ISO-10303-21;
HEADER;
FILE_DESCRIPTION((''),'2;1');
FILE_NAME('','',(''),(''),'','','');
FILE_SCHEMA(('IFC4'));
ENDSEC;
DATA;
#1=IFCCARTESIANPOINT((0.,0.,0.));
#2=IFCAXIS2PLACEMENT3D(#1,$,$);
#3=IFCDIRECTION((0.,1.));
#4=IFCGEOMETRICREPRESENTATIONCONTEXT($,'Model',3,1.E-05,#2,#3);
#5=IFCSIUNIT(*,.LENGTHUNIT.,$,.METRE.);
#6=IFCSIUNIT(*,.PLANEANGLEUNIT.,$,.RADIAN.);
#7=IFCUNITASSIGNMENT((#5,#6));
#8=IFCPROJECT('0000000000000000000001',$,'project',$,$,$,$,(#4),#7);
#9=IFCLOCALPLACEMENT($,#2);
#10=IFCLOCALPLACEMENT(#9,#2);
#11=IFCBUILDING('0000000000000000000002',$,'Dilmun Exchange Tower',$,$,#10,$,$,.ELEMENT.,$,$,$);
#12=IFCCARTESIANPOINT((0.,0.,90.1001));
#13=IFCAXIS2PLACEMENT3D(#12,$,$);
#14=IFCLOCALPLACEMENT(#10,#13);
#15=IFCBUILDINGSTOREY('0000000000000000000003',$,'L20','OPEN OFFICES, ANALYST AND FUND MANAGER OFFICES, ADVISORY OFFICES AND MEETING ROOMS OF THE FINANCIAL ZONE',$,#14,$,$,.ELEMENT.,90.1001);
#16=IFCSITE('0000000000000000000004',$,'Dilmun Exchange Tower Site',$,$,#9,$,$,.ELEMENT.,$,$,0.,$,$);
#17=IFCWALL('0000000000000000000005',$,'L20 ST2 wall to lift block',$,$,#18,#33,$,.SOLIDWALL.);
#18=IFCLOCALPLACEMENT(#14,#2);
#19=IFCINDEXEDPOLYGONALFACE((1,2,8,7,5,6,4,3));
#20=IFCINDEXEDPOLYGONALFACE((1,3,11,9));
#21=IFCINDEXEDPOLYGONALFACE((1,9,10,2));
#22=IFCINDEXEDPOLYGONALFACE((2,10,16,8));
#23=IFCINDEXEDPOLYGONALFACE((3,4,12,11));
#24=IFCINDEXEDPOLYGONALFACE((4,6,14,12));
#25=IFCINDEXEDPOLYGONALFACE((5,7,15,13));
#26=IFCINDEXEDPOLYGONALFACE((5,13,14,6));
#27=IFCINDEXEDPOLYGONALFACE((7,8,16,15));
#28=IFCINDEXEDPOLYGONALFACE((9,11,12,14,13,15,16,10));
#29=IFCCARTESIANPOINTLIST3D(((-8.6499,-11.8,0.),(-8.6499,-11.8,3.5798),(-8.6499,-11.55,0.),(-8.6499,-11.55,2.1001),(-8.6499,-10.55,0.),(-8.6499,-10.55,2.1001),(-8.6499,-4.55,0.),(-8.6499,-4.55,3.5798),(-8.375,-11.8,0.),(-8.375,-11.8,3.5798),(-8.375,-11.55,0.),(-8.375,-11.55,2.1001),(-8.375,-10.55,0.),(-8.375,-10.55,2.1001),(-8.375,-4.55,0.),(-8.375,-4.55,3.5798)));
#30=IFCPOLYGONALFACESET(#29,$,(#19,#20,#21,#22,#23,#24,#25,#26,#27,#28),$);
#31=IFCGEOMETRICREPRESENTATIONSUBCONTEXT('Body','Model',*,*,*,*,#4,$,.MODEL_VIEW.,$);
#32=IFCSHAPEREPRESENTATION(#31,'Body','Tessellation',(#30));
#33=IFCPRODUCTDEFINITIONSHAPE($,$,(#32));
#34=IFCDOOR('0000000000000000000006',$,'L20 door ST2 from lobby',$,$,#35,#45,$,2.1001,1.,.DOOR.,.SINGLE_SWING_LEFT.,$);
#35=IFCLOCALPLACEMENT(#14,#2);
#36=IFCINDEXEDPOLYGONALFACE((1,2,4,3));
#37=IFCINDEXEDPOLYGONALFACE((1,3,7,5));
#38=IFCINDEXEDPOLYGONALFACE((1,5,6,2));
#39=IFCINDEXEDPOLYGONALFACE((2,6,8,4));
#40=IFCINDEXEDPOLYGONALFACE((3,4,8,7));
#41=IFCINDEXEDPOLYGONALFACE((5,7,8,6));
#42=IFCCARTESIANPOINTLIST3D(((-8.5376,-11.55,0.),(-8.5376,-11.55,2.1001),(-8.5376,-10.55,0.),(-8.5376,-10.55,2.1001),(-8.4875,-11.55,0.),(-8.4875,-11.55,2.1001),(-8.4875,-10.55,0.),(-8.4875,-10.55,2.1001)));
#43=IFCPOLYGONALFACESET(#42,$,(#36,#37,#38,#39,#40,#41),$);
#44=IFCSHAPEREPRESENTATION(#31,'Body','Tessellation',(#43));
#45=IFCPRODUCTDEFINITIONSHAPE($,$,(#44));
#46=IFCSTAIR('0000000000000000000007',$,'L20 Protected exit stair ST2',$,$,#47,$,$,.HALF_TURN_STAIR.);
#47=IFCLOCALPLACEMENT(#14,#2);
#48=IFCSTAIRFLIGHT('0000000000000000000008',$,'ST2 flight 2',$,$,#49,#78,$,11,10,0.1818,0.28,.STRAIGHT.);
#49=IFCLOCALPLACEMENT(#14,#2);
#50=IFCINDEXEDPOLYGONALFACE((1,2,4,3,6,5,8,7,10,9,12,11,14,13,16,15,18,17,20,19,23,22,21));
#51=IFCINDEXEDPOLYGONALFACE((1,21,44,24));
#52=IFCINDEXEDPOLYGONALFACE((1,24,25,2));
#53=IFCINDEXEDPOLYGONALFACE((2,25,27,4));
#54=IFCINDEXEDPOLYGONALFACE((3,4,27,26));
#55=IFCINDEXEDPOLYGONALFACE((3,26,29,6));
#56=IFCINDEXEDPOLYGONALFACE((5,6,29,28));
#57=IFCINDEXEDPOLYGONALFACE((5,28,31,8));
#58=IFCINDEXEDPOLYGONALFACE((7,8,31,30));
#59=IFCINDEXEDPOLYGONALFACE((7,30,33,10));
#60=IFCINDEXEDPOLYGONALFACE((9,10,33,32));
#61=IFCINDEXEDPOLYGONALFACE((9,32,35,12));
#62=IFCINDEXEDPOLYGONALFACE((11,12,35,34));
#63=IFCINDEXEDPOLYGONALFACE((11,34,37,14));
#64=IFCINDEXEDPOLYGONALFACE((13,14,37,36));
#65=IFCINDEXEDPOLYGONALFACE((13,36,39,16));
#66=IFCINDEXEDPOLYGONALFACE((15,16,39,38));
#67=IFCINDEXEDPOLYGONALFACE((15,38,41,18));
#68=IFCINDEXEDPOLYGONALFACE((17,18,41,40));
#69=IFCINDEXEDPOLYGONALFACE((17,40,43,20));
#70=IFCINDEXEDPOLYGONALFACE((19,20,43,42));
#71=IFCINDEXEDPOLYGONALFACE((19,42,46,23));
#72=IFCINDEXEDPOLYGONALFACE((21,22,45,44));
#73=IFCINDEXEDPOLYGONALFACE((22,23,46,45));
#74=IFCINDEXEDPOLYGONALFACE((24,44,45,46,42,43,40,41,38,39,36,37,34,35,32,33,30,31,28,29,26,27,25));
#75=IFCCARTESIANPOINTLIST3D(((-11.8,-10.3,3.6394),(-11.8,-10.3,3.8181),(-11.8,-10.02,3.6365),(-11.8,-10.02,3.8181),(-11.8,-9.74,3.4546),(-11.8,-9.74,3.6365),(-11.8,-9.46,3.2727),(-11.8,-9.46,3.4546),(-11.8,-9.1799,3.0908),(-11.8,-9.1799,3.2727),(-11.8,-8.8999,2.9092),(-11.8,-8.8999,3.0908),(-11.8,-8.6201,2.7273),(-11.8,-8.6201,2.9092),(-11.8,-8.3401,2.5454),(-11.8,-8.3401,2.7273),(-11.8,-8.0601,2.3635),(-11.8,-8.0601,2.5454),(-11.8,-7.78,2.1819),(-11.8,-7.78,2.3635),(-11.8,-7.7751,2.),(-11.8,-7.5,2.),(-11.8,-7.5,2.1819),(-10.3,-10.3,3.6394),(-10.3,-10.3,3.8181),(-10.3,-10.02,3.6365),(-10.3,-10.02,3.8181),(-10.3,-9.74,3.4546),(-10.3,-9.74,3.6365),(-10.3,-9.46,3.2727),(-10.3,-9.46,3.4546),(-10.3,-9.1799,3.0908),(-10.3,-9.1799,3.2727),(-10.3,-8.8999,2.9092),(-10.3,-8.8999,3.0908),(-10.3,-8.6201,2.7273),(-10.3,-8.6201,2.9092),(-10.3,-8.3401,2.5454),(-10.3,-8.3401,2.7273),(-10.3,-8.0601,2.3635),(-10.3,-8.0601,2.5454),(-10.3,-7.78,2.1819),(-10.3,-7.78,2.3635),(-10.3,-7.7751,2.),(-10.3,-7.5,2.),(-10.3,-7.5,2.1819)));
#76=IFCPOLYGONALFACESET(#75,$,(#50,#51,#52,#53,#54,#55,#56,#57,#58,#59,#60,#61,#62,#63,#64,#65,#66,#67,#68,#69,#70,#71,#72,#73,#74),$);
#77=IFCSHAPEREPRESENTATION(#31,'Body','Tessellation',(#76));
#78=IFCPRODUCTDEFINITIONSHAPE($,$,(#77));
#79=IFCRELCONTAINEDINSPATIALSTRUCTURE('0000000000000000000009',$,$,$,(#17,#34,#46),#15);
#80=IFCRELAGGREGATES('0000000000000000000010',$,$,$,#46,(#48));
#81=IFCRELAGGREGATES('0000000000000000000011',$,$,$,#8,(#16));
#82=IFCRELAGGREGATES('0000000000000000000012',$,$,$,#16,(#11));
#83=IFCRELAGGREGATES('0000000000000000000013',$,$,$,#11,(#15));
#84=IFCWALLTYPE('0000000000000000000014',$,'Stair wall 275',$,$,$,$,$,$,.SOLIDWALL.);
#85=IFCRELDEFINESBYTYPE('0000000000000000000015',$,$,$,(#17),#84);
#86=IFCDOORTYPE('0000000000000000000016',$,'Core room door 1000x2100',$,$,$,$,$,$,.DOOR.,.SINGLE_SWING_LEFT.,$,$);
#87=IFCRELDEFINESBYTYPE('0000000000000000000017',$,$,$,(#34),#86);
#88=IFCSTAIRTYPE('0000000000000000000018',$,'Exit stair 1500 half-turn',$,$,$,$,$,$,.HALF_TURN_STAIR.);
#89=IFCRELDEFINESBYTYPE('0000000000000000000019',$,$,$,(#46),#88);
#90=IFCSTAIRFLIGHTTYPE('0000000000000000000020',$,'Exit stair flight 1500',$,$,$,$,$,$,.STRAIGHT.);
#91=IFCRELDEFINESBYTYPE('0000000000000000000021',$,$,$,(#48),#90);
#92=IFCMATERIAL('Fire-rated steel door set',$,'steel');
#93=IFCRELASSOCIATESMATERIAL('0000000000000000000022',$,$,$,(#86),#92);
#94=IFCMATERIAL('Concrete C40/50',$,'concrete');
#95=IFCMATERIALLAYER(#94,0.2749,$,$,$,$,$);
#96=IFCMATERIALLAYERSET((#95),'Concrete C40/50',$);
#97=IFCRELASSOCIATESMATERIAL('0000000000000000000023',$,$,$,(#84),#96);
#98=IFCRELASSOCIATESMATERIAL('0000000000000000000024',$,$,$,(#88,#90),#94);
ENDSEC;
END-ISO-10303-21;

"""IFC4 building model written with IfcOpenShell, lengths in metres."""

from ifc_helpers import new_model, si_unit, direction, frame, frame_2d, origin, place, context, subcontext, project, spatial, polyline, rectangle, outline, extrude, material, layer, layer_set, type_object, element, fill, aggregate, save


model = new_model("IFC4")

# Units and contexts
model_context = context("Model", 3, precision=1e-05, world=origin(), true_north=direction((0.0, 1.0)))
body_context = subcontext(model_context, "Body", "Model", "MODEL_VIEW")
ifc_project = project(units=[si_unit("LENGTHUNIT", "METRE"), si_unit("PLANEANGLEUNIT", "RADIAN")], contexts=[model_context])

# Site, building, storey
site_placement = place(None, origin())
site = spatial("IfcSite", under=ifc_project, at=site_placement, Name="Dilmun Exchange Tower Site", CompositionType="ELEMENT", RefElevation=0.0)
building_placement = place(site_placement, origin())
building = spatial("IfcBuilding", under=site, at=building_placement, Name="Dilmun Exchange Tower", CompositionType="ELEMENT")
storey_placement = place(building_placement, frame((0.0, 0.0, 90.1001)))
storey = spatial("IfcBuildingStorey", under=building, at=storey_placement, Name="L20", Description="OPEN OFFICES, ANALYST AND FUND MANAGER OFFICES, ADVISORY OFFICES AND MEETING ROOMS OF THE FINANCIAL ZONE", CompositionType="ELEMENT", Elevation=90.1001)

# Shared definitions
ifc_material_1 = material(Name="Concrete C40/50", Category="concrete")

# Shared definitions
ifc_material_2 = material(Name="Fire-rated steel door set", Category="steel")
door_type = type_object("IfcDoorType", Name="Core room door 1000x2100", OperationType="SINGLE_SWING_LEFT", PredefinedType="DOOR", material=ifc_material_2)

# Wall, opening, door
ifc_layer_1 = layer(ifc_material_1, 0.2749)
ifc_layer_set_1 = layer_set([ifc_layer_1], Name="Concrete C40/50")
wall_type_1 = type_object("IfcWallType", Name="Stair wall 275", PredefinedType="SOLIDWALL", material=ifc_layer_set_1)
wall_1_placement = place(storey_placement, frame((-8.5125, -4.55, 0.0), z_axis=(0.0, 0.0, 1.0), x_axis=(0.0, -1.0, 0.0)))
wall_1 = element("IfcWall", 1, at=wall_1_placement, inside=storey, type_object=wall_type_1, Name="L20 ST2 wall to lift block", PredefinedType="SOLIDWALL", context=body_context, shape_type="SweptSolid", body=[
    extrude(rectangle(XDim=7.25, YDim=0.2749, at=frame_2d((3.625, 0.0))), origin(), (0.0, 0.0, 1.0), 3.5798),
])
opening_1_placement = place(wall_1_placement, frame((6.0, 0.0, 0.0)))
opening_1 = element("IfcOpeningElement", 2, at=opening_1_placement, cuts=wall_1, PredefinedType="OPENING", context=body_context, shape_type="SweptSolid", body=[
    extrude(rectangle(XDim=1.0, YDim=2.1001, at=frame_2d((0.5, 1.05))), frame((0.0, 0.1475, 0.0), z_axis=(0.0, -1.0, 0.0), x_axis=(1.0, 0.0, 0.0)), (0.0, 0.0, 1.0), 0.2949),
])
door_1_placement = place(opening_1_placement, origin())
door_1 = element("IfcDoor", 3, at=door_1_placement, inside=storey, type_object=door_type, Name="L20 door ST2 from lobby", OperationType="SINGLE_SWING_LEFT", OverallHeight=2.1001, OverallWidth=1.0, PredefinedType="DOOR", context=body_context, shape_type="SweptSolid", body=[
    extrude(rectangle(XDim=1.0, YDim=2.1001, at=frame_2d((0.5, 1.05))), frame((0.0, 0.0249, 0.0), z_axis=(0.0, -1.0, 0.0), x_axis=(1.0, 0.0, 0.0)), (0.0, 0.0, 1.0), 0.05),
])
fill(opening_1, door_1)

# Stair, stair flight
stair_type = type_object("IfcStairType", Name="Exit stair 1500 half-turn", PredefinedType="HALF_TURN_STAIR", material=ifc_material_1)
stair_placement = place(storey_placement, origin())
stair = element("IfcStair", 4, at=stair_placement, inside=storey, type_object=stair_type, Name="L20 Protected exit stair ST2", PredefinedType="HALF_TURN_STAIR")
stair_flight_type = type_object("IfcStairFlightType", Name="Exit stair flight 1500", PredefinedType="STRAIGHT", material=ifc_material_1)
stair_flight_placement = place(storey_placement, frame((-11.05, -7.5, 2.0), z_axis=(0.0, 0.0, 1.0), x_axis=(0.0, -1.0, 0.0)))
stair_flight = element("IfcStairFlight", 5, at=stair_flight_placement, type_object=stair_flight_type, Name="ST2 flight 2", NumberOfRisers=11, NumberOfTreads=10, PredefinedType="STRAIGHT", RiserHeight=0.1818, TreadLength=0.28, context=body_context, shape_type="SweptSolid", body=[
    extrude(outline(polyline([(0.0, 0.0), (0.0, 0.1819), (0.28, 0.1819), (0.28, 0.3635), (0.5601, 0.3635), (0.5601, 0.5454), (0.8401, 0.5454), (0.8401, 0.7273), (1.1201, 0.7273), (1.1201, 0.9092), (1.3999, 0.9092), (1.3999, 1.0908), (1.6799, 1.0908), (1.6799, 1.2727), (1.96, 1.2727), (1.96, 1.4546), (2.24, 1.4546), (2.24, 1.6365), (2.52, 1.6365), (2.52, 1.8181), (2.8, 1.8181), (2.8, 2.0), (2.8, 1.6394), (0.2751, 0.0), (0.0, 0.0)])), frame((0.0, 0.75, 0.0), z_axis=(0.0, -1.0, 0.0), x_axis=(1.0, 0.0, 0.0)), (0.0, 0.0, 1.0), 1.5),
])
aggregate(stair, [stair_flight])

save(model, "model.ifc")
